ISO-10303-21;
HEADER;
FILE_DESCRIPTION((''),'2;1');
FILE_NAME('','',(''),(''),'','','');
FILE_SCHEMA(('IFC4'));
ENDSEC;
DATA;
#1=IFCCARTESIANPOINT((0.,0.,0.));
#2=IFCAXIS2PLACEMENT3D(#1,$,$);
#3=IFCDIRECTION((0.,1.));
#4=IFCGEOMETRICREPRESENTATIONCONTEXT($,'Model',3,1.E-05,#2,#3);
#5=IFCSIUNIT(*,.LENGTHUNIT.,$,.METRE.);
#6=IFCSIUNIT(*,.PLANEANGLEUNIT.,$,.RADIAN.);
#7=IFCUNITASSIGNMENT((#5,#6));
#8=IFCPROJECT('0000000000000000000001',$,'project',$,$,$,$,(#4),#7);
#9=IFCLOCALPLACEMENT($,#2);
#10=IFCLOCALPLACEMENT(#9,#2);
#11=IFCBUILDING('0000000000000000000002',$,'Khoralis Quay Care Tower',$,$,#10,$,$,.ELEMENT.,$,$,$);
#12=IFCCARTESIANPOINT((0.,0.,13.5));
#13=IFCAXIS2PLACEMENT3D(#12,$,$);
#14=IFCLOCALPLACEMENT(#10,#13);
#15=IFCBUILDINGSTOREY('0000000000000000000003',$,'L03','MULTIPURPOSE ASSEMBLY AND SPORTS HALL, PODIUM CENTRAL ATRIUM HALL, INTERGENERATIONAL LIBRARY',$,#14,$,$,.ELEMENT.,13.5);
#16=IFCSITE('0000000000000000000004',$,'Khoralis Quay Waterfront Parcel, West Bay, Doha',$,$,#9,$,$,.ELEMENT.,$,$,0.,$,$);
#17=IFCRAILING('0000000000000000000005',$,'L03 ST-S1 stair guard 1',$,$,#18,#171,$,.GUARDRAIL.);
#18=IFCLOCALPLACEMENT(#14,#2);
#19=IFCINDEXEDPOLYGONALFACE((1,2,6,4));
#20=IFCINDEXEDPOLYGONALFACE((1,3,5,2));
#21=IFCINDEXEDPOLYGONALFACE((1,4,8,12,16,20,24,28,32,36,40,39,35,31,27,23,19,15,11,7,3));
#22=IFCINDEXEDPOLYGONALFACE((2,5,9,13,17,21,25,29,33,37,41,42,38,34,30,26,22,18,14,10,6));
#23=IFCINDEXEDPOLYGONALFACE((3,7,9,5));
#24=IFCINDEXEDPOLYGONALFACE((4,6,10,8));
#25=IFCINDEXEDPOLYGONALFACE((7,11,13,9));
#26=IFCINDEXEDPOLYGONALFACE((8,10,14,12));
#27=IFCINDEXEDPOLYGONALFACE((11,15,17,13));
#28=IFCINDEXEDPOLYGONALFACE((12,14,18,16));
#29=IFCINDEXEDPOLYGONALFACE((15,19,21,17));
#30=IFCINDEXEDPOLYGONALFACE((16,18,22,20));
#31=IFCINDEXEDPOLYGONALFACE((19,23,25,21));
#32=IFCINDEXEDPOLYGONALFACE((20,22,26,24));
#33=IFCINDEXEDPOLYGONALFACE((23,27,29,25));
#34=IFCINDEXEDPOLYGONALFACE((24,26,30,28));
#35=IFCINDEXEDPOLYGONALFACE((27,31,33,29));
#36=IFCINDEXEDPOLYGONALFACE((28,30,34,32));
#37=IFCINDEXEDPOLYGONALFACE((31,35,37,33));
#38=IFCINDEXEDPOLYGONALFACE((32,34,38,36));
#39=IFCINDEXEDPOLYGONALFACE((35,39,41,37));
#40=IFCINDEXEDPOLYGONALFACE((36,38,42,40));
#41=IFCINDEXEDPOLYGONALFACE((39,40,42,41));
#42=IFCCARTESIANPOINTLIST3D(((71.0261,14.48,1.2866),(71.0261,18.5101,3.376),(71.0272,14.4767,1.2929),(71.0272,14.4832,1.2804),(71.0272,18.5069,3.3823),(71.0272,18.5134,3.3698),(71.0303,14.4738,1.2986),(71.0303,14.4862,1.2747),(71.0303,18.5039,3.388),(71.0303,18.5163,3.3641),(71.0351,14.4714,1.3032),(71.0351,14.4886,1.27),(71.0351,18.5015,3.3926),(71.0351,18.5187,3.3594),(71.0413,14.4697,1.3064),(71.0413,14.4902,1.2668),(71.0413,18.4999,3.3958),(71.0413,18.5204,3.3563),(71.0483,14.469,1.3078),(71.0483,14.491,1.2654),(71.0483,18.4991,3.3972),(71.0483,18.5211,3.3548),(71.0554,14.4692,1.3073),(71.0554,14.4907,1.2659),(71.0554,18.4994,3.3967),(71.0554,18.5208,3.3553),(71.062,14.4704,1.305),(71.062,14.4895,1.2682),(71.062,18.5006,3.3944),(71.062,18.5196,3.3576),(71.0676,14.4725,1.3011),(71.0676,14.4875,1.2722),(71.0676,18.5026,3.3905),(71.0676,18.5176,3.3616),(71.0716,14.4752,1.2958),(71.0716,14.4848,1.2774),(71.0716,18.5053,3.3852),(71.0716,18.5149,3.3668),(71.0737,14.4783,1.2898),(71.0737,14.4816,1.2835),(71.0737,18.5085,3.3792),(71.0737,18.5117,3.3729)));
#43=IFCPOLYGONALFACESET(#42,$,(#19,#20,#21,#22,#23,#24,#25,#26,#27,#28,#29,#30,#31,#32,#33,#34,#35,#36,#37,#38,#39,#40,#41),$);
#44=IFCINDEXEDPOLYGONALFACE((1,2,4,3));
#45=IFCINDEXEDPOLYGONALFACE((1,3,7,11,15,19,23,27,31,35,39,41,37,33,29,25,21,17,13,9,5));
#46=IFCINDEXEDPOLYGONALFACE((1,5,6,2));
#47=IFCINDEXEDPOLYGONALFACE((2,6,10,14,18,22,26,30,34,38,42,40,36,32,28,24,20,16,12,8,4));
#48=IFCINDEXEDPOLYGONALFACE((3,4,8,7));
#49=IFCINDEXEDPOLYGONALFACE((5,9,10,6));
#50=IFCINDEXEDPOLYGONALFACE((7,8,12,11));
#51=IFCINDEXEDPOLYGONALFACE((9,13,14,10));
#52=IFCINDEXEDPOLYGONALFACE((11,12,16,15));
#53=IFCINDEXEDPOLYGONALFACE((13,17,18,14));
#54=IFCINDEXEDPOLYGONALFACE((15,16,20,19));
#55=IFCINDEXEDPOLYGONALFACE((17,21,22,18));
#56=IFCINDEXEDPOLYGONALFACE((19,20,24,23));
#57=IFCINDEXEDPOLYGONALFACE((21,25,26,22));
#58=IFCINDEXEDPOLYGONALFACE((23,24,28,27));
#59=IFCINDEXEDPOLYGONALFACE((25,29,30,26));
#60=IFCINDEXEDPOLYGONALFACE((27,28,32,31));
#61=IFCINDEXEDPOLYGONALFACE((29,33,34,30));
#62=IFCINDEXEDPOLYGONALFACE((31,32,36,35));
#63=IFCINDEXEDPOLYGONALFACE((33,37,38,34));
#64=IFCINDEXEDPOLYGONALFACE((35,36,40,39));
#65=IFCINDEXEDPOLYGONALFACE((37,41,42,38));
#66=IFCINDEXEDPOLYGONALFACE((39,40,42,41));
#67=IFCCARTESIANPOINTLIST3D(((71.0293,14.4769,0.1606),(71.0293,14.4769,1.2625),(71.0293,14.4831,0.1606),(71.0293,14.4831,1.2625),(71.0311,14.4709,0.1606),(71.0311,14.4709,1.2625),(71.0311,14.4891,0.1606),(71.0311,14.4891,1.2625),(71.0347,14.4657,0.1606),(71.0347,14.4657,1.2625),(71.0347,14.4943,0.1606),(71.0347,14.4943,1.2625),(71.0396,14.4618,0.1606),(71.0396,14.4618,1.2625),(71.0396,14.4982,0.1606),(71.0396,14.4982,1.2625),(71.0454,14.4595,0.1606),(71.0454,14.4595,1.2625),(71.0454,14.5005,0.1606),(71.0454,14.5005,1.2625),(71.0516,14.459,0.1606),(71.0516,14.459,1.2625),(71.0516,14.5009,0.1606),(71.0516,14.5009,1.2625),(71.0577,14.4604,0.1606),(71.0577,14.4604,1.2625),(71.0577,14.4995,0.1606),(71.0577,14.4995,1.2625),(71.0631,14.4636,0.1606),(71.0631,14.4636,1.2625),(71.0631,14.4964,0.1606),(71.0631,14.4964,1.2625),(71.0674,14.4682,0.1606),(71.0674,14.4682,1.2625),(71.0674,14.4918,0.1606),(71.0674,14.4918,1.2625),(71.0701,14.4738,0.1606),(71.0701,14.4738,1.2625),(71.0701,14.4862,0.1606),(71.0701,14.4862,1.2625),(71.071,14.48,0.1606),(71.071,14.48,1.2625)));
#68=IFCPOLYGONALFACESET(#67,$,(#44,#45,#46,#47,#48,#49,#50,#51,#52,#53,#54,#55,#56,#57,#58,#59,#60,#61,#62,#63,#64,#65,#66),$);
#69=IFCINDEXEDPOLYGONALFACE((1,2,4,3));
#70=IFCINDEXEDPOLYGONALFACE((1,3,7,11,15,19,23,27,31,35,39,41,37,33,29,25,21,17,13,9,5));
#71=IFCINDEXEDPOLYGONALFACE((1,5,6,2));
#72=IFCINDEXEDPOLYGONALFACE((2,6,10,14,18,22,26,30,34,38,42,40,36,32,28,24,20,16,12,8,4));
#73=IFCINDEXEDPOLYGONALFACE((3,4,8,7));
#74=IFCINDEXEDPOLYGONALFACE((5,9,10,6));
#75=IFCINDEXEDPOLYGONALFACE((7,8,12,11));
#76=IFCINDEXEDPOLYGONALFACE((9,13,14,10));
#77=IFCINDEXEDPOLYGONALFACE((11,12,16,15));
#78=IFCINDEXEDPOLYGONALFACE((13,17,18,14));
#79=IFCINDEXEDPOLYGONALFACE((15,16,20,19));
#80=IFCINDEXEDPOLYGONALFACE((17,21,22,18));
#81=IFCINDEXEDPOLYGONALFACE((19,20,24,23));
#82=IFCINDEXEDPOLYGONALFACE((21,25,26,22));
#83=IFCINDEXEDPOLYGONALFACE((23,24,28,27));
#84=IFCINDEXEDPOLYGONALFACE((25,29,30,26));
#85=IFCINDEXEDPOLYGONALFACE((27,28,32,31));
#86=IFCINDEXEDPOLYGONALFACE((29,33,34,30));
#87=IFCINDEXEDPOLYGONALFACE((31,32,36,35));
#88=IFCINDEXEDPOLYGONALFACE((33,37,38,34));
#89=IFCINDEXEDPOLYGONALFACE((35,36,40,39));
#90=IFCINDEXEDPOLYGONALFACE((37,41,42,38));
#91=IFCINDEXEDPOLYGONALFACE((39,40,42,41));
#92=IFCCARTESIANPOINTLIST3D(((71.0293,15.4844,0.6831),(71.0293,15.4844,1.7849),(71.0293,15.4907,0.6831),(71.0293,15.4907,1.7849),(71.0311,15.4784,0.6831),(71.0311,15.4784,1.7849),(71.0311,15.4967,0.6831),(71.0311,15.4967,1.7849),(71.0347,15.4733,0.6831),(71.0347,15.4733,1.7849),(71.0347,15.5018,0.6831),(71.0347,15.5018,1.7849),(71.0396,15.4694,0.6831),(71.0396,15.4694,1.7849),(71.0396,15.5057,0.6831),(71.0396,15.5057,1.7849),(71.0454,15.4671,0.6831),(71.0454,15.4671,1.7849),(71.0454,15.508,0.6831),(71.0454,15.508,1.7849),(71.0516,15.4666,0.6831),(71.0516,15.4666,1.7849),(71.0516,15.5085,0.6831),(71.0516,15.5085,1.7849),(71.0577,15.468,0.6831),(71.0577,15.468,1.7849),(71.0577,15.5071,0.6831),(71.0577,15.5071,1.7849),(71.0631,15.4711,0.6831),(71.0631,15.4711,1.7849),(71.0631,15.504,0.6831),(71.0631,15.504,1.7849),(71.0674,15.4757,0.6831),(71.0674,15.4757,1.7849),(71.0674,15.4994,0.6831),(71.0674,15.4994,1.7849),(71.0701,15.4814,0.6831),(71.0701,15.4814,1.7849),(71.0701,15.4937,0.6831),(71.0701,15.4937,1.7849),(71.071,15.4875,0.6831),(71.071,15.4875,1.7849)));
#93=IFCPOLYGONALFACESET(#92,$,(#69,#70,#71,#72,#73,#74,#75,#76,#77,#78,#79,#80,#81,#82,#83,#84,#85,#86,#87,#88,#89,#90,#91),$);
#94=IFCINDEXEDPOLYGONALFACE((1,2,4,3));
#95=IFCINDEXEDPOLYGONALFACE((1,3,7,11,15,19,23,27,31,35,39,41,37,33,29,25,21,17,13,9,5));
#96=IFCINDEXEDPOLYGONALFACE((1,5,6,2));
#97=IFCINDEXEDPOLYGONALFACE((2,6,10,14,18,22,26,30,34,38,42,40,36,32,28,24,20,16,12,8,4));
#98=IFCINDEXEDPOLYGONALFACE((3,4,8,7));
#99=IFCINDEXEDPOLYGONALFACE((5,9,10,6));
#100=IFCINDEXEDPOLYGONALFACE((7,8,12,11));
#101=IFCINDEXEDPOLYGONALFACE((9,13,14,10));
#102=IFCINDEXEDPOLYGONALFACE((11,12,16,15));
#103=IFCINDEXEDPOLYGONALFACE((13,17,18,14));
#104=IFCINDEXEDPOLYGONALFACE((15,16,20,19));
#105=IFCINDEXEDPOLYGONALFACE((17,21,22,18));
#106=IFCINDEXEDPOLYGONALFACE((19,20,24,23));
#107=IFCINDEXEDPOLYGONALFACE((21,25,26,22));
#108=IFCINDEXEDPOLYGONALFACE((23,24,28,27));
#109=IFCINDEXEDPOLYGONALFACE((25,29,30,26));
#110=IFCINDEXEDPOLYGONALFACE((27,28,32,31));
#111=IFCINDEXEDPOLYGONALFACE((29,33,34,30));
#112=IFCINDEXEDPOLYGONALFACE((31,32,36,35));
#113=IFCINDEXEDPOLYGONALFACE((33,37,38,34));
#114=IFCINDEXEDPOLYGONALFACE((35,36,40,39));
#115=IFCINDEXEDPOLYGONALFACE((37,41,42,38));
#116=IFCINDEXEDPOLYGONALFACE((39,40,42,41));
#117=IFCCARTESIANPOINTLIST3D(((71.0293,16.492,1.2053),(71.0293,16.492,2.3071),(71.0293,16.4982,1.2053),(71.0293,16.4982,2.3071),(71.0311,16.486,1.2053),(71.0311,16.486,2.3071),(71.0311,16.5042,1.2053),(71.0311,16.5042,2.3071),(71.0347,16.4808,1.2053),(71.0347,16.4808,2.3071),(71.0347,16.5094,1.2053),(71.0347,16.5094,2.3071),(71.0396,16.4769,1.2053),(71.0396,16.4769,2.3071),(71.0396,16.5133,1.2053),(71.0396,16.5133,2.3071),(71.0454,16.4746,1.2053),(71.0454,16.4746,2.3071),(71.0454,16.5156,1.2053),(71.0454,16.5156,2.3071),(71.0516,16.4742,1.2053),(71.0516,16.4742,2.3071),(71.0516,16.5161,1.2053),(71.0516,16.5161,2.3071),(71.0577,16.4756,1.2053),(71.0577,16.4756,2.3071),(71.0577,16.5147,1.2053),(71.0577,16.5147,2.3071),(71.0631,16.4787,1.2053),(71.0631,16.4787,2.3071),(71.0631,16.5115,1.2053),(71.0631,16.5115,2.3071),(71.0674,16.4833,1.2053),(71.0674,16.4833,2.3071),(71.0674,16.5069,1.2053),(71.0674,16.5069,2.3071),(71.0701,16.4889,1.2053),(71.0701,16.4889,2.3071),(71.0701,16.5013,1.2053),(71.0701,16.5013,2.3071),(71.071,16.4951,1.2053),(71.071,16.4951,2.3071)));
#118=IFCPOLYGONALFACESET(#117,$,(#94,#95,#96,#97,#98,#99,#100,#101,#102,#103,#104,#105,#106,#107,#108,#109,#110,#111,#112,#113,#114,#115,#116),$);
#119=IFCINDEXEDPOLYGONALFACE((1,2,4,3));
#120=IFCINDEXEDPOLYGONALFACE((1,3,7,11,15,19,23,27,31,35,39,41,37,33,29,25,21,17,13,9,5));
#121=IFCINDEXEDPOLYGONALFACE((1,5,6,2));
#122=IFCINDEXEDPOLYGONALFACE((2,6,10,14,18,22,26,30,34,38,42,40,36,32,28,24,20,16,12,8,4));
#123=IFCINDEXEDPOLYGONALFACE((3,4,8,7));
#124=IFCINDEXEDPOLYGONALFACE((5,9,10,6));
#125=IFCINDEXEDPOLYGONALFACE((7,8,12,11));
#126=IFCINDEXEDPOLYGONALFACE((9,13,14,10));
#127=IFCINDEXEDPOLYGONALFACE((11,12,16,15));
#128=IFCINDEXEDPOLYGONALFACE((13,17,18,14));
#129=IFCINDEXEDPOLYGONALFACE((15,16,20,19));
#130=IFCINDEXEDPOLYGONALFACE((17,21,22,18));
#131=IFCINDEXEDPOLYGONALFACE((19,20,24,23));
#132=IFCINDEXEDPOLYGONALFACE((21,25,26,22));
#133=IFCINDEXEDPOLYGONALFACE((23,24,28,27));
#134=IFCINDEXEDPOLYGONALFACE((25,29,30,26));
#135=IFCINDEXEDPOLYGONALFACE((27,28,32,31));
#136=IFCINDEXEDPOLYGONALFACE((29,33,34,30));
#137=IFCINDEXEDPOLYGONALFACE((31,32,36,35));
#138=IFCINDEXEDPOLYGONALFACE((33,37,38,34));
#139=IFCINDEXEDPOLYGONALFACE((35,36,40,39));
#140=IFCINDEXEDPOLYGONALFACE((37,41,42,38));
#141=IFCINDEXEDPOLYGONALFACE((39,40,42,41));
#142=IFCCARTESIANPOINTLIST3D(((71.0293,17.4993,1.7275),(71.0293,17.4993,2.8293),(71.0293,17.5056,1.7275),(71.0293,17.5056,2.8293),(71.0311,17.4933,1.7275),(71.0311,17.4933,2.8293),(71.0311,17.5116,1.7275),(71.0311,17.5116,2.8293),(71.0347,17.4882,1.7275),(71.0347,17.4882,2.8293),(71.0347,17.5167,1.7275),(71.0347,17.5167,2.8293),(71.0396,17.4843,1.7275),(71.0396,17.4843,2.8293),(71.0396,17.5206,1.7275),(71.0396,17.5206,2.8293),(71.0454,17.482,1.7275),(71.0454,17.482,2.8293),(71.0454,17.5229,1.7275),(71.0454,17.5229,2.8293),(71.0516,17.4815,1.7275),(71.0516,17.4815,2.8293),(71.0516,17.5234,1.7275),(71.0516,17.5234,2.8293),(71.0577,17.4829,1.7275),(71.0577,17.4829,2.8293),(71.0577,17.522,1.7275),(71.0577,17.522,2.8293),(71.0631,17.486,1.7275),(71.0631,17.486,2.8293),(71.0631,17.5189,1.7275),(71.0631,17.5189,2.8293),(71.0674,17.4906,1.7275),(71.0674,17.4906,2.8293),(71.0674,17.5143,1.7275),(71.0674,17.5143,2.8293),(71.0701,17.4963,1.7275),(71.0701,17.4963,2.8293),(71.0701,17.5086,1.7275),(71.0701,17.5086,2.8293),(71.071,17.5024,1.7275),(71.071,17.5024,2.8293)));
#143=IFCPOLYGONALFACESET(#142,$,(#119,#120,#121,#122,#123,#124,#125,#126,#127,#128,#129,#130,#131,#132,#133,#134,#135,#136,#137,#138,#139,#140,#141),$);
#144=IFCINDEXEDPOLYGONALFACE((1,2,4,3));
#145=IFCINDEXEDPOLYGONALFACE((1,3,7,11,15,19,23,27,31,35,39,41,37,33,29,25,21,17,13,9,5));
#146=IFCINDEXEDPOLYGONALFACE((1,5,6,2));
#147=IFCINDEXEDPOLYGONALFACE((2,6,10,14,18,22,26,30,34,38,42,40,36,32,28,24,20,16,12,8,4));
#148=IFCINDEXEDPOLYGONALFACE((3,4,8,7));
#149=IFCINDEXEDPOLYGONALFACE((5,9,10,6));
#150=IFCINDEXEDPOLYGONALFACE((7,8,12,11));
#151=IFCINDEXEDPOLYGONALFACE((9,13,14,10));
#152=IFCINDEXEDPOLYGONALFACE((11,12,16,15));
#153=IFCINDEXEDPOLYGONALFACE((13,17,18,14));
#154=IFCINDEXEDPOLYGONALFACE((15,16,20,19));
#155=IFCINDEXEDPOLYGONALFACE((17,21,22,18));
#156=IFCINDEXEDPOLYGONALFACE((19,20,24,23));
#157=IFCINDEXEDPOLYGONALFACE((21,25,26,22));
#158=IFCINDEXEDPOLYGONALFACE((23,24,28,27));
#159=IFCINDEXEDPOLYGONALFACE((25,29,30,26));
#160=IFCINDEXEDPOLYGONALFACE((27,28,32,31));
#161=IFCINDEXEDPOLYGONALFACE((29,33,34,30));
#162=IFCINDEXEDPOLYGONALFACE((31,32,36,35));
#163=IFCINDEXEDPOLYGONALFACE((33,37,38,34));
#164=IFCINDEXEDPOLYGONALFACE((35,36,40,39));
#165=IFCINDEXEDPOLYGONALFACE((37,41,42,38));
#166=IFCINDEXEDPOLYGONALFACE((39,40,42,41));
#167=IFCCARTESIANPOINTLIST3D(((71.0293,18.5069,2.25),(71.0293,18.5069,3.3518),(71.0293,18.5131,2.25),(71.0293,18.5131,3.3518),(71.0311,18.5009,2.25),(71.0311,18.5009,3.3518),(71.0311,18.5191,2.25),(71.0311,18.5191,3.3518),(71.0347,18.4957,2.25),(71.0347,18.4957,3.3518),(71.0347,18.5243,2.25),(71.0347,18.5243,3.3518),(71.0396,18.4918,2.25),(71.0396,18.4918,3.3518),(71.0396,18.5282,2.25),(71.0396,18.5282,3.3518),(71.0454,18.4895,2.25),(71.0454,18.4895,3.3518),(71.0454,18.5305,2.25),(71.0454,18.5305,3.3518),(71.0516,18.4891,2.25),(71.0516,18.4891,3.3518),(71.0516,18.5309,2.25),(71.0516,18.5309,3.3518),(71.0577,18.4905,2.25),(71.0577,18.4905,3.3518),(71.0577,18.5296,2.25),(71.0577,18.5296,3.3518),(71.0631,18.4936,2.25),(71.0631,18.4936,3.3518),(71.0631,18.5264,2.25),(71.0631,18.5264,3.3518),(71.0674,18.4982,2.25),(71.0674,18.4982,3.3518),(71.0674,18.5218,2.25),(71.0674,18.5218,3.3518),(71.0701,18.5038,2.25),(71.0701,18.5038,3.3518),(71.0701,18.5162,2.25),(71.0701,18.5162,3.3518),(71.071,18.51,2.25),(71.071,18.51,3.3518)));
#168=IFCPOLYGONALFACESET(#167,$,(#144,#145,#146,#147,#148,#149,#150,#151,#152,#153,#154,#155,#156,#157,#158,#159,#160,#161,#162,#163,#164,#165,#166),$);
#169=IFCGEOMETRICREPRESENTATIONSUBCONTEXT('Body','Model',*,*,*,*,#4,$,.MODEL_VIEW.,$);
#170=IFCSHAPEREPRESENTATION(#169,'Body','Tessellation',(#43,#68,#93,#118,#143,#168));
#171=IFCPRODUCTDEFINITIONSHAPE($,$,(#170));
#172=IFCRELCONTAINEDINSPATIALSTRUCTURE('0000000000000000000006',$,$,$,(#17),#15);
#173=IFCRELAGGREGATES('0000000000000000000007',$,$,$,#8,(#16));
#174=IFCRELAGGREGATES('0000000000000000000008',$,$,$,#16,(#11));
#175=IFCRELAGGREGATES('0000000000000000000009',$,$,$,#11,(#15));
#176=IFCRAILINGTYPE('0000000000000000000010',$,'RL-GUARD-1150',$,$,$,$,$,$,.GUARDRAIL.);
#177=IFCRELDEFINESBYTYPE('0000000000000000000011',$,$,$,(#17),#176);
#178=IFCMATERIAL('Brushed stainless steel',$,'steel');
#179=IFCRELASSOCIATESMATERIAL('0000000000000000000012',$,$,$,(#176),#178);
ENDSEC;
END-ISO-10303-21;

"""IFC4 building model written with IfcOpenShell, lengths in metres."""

from ifc_helpers import new_model, si_unit, direction, frame, origin, origin_2d, place, context, subcontext, project, spatial, circle, extrude, material, type_object, element, save


model = new_model("IFC4")

# Units and contexts
model_context = context("Model", 3, precision=1e-05, world=origin(), true_north=direction((0.0, 1.0)))
body_context = subcontext(model_context, "Body", "Model", "MODEL_VIEW")
ifc_project = project(units=[si_unit("LENGTHUNIT", "METRE"), si_unit("PLANEANGLEUNIT", "RADIAN")], contexts=[model_context])

# Site, building, storey
site_placement = place(None, origin())
site = spatial("IfcSite", under=ifc_project, at=site_placement, Name="Khoralis Quay Waterfront Parcel, West Bay, Doha", CompositionType="ELEMENT", RefElevation=0.0)
building_placement = place(site_placement, origin())
building = spatial("IfcBuilding", under=site, at=building_placement, Name="Khoralis Quay Care Tower", CompositionType="ELEMENT")
storey_placement = place(building_placement, frame((0.0, 0.0, 13.5)))
storey = spatial("IfcBuildingStorey", under=building, at=storey_placement, Name="L03", Description="MULTIPURPOSE ASSEMBLY AND SPORTS HALL, PODIUM CENTRAL ATRIUM HALL, INTERGENERATIONAL LIBRARY", CompositionType="ELEMENT", Elevation=13.5)

# Shared definitions
ifc_material_1 = material(Name="Brushed stainless steel", Category="steel")

# Railing
railing_type_1 = type_object("IfcRailingType", Name="RL-GUARD-1150", PredefinedType="GUARDRAIL", material=ifc_material_1)
railing_1_placement = place(storey_placement, frame((71.05, 14.48, 0.1606)))
element("IfcRailing", 1, at=railing_1_placement, inside=storey, type_object=railing_type_1, Name="L03 ST-S1 stair guard 1", PredefinedType="GUARDRAIL", context=body_context, shape_type="SweptSolid", body=[
    extrude(circle(Radius=0.0239, at=origin_2d()), frame((0.0, 0.0, 1.126), z_axis=(0.0, 0.887781, 0.460267), x_axis=(-1.0, 0.0, 0.0)), (0.0, 0.0, 1.0), 4.5396),
    extrude(circle(Radius=0.021, at=origin_2d()), origin(), (0.0, 0.0, 1.0), 1.1018),
    extrude(circle(Radius=0.021, at=origin_2d()), frame((0.0, 1.0076, 0.5225)), (0.0, 0.0, 1.0), 1.1018),
    extrude(circle(Radius=0.021, at=origin_2d()), frame((0.0, 2.0151, 1.0447)), (0.0, 0.0, 1.0), 1.1018),
    extrude(circle(Radius=0.021, at=origin_2d()), frame((0.0, 3.0225, 1.5669)), (0.0, 0.0, 1.0), 1.1018),
    extrude(circle(Radius=0.021, at=origin_2d()), frame((0.0, 4.03, 2.0894)), (0.0, 0.0, 1.0), 1.1018),
])

save(model, "model.ifc")
